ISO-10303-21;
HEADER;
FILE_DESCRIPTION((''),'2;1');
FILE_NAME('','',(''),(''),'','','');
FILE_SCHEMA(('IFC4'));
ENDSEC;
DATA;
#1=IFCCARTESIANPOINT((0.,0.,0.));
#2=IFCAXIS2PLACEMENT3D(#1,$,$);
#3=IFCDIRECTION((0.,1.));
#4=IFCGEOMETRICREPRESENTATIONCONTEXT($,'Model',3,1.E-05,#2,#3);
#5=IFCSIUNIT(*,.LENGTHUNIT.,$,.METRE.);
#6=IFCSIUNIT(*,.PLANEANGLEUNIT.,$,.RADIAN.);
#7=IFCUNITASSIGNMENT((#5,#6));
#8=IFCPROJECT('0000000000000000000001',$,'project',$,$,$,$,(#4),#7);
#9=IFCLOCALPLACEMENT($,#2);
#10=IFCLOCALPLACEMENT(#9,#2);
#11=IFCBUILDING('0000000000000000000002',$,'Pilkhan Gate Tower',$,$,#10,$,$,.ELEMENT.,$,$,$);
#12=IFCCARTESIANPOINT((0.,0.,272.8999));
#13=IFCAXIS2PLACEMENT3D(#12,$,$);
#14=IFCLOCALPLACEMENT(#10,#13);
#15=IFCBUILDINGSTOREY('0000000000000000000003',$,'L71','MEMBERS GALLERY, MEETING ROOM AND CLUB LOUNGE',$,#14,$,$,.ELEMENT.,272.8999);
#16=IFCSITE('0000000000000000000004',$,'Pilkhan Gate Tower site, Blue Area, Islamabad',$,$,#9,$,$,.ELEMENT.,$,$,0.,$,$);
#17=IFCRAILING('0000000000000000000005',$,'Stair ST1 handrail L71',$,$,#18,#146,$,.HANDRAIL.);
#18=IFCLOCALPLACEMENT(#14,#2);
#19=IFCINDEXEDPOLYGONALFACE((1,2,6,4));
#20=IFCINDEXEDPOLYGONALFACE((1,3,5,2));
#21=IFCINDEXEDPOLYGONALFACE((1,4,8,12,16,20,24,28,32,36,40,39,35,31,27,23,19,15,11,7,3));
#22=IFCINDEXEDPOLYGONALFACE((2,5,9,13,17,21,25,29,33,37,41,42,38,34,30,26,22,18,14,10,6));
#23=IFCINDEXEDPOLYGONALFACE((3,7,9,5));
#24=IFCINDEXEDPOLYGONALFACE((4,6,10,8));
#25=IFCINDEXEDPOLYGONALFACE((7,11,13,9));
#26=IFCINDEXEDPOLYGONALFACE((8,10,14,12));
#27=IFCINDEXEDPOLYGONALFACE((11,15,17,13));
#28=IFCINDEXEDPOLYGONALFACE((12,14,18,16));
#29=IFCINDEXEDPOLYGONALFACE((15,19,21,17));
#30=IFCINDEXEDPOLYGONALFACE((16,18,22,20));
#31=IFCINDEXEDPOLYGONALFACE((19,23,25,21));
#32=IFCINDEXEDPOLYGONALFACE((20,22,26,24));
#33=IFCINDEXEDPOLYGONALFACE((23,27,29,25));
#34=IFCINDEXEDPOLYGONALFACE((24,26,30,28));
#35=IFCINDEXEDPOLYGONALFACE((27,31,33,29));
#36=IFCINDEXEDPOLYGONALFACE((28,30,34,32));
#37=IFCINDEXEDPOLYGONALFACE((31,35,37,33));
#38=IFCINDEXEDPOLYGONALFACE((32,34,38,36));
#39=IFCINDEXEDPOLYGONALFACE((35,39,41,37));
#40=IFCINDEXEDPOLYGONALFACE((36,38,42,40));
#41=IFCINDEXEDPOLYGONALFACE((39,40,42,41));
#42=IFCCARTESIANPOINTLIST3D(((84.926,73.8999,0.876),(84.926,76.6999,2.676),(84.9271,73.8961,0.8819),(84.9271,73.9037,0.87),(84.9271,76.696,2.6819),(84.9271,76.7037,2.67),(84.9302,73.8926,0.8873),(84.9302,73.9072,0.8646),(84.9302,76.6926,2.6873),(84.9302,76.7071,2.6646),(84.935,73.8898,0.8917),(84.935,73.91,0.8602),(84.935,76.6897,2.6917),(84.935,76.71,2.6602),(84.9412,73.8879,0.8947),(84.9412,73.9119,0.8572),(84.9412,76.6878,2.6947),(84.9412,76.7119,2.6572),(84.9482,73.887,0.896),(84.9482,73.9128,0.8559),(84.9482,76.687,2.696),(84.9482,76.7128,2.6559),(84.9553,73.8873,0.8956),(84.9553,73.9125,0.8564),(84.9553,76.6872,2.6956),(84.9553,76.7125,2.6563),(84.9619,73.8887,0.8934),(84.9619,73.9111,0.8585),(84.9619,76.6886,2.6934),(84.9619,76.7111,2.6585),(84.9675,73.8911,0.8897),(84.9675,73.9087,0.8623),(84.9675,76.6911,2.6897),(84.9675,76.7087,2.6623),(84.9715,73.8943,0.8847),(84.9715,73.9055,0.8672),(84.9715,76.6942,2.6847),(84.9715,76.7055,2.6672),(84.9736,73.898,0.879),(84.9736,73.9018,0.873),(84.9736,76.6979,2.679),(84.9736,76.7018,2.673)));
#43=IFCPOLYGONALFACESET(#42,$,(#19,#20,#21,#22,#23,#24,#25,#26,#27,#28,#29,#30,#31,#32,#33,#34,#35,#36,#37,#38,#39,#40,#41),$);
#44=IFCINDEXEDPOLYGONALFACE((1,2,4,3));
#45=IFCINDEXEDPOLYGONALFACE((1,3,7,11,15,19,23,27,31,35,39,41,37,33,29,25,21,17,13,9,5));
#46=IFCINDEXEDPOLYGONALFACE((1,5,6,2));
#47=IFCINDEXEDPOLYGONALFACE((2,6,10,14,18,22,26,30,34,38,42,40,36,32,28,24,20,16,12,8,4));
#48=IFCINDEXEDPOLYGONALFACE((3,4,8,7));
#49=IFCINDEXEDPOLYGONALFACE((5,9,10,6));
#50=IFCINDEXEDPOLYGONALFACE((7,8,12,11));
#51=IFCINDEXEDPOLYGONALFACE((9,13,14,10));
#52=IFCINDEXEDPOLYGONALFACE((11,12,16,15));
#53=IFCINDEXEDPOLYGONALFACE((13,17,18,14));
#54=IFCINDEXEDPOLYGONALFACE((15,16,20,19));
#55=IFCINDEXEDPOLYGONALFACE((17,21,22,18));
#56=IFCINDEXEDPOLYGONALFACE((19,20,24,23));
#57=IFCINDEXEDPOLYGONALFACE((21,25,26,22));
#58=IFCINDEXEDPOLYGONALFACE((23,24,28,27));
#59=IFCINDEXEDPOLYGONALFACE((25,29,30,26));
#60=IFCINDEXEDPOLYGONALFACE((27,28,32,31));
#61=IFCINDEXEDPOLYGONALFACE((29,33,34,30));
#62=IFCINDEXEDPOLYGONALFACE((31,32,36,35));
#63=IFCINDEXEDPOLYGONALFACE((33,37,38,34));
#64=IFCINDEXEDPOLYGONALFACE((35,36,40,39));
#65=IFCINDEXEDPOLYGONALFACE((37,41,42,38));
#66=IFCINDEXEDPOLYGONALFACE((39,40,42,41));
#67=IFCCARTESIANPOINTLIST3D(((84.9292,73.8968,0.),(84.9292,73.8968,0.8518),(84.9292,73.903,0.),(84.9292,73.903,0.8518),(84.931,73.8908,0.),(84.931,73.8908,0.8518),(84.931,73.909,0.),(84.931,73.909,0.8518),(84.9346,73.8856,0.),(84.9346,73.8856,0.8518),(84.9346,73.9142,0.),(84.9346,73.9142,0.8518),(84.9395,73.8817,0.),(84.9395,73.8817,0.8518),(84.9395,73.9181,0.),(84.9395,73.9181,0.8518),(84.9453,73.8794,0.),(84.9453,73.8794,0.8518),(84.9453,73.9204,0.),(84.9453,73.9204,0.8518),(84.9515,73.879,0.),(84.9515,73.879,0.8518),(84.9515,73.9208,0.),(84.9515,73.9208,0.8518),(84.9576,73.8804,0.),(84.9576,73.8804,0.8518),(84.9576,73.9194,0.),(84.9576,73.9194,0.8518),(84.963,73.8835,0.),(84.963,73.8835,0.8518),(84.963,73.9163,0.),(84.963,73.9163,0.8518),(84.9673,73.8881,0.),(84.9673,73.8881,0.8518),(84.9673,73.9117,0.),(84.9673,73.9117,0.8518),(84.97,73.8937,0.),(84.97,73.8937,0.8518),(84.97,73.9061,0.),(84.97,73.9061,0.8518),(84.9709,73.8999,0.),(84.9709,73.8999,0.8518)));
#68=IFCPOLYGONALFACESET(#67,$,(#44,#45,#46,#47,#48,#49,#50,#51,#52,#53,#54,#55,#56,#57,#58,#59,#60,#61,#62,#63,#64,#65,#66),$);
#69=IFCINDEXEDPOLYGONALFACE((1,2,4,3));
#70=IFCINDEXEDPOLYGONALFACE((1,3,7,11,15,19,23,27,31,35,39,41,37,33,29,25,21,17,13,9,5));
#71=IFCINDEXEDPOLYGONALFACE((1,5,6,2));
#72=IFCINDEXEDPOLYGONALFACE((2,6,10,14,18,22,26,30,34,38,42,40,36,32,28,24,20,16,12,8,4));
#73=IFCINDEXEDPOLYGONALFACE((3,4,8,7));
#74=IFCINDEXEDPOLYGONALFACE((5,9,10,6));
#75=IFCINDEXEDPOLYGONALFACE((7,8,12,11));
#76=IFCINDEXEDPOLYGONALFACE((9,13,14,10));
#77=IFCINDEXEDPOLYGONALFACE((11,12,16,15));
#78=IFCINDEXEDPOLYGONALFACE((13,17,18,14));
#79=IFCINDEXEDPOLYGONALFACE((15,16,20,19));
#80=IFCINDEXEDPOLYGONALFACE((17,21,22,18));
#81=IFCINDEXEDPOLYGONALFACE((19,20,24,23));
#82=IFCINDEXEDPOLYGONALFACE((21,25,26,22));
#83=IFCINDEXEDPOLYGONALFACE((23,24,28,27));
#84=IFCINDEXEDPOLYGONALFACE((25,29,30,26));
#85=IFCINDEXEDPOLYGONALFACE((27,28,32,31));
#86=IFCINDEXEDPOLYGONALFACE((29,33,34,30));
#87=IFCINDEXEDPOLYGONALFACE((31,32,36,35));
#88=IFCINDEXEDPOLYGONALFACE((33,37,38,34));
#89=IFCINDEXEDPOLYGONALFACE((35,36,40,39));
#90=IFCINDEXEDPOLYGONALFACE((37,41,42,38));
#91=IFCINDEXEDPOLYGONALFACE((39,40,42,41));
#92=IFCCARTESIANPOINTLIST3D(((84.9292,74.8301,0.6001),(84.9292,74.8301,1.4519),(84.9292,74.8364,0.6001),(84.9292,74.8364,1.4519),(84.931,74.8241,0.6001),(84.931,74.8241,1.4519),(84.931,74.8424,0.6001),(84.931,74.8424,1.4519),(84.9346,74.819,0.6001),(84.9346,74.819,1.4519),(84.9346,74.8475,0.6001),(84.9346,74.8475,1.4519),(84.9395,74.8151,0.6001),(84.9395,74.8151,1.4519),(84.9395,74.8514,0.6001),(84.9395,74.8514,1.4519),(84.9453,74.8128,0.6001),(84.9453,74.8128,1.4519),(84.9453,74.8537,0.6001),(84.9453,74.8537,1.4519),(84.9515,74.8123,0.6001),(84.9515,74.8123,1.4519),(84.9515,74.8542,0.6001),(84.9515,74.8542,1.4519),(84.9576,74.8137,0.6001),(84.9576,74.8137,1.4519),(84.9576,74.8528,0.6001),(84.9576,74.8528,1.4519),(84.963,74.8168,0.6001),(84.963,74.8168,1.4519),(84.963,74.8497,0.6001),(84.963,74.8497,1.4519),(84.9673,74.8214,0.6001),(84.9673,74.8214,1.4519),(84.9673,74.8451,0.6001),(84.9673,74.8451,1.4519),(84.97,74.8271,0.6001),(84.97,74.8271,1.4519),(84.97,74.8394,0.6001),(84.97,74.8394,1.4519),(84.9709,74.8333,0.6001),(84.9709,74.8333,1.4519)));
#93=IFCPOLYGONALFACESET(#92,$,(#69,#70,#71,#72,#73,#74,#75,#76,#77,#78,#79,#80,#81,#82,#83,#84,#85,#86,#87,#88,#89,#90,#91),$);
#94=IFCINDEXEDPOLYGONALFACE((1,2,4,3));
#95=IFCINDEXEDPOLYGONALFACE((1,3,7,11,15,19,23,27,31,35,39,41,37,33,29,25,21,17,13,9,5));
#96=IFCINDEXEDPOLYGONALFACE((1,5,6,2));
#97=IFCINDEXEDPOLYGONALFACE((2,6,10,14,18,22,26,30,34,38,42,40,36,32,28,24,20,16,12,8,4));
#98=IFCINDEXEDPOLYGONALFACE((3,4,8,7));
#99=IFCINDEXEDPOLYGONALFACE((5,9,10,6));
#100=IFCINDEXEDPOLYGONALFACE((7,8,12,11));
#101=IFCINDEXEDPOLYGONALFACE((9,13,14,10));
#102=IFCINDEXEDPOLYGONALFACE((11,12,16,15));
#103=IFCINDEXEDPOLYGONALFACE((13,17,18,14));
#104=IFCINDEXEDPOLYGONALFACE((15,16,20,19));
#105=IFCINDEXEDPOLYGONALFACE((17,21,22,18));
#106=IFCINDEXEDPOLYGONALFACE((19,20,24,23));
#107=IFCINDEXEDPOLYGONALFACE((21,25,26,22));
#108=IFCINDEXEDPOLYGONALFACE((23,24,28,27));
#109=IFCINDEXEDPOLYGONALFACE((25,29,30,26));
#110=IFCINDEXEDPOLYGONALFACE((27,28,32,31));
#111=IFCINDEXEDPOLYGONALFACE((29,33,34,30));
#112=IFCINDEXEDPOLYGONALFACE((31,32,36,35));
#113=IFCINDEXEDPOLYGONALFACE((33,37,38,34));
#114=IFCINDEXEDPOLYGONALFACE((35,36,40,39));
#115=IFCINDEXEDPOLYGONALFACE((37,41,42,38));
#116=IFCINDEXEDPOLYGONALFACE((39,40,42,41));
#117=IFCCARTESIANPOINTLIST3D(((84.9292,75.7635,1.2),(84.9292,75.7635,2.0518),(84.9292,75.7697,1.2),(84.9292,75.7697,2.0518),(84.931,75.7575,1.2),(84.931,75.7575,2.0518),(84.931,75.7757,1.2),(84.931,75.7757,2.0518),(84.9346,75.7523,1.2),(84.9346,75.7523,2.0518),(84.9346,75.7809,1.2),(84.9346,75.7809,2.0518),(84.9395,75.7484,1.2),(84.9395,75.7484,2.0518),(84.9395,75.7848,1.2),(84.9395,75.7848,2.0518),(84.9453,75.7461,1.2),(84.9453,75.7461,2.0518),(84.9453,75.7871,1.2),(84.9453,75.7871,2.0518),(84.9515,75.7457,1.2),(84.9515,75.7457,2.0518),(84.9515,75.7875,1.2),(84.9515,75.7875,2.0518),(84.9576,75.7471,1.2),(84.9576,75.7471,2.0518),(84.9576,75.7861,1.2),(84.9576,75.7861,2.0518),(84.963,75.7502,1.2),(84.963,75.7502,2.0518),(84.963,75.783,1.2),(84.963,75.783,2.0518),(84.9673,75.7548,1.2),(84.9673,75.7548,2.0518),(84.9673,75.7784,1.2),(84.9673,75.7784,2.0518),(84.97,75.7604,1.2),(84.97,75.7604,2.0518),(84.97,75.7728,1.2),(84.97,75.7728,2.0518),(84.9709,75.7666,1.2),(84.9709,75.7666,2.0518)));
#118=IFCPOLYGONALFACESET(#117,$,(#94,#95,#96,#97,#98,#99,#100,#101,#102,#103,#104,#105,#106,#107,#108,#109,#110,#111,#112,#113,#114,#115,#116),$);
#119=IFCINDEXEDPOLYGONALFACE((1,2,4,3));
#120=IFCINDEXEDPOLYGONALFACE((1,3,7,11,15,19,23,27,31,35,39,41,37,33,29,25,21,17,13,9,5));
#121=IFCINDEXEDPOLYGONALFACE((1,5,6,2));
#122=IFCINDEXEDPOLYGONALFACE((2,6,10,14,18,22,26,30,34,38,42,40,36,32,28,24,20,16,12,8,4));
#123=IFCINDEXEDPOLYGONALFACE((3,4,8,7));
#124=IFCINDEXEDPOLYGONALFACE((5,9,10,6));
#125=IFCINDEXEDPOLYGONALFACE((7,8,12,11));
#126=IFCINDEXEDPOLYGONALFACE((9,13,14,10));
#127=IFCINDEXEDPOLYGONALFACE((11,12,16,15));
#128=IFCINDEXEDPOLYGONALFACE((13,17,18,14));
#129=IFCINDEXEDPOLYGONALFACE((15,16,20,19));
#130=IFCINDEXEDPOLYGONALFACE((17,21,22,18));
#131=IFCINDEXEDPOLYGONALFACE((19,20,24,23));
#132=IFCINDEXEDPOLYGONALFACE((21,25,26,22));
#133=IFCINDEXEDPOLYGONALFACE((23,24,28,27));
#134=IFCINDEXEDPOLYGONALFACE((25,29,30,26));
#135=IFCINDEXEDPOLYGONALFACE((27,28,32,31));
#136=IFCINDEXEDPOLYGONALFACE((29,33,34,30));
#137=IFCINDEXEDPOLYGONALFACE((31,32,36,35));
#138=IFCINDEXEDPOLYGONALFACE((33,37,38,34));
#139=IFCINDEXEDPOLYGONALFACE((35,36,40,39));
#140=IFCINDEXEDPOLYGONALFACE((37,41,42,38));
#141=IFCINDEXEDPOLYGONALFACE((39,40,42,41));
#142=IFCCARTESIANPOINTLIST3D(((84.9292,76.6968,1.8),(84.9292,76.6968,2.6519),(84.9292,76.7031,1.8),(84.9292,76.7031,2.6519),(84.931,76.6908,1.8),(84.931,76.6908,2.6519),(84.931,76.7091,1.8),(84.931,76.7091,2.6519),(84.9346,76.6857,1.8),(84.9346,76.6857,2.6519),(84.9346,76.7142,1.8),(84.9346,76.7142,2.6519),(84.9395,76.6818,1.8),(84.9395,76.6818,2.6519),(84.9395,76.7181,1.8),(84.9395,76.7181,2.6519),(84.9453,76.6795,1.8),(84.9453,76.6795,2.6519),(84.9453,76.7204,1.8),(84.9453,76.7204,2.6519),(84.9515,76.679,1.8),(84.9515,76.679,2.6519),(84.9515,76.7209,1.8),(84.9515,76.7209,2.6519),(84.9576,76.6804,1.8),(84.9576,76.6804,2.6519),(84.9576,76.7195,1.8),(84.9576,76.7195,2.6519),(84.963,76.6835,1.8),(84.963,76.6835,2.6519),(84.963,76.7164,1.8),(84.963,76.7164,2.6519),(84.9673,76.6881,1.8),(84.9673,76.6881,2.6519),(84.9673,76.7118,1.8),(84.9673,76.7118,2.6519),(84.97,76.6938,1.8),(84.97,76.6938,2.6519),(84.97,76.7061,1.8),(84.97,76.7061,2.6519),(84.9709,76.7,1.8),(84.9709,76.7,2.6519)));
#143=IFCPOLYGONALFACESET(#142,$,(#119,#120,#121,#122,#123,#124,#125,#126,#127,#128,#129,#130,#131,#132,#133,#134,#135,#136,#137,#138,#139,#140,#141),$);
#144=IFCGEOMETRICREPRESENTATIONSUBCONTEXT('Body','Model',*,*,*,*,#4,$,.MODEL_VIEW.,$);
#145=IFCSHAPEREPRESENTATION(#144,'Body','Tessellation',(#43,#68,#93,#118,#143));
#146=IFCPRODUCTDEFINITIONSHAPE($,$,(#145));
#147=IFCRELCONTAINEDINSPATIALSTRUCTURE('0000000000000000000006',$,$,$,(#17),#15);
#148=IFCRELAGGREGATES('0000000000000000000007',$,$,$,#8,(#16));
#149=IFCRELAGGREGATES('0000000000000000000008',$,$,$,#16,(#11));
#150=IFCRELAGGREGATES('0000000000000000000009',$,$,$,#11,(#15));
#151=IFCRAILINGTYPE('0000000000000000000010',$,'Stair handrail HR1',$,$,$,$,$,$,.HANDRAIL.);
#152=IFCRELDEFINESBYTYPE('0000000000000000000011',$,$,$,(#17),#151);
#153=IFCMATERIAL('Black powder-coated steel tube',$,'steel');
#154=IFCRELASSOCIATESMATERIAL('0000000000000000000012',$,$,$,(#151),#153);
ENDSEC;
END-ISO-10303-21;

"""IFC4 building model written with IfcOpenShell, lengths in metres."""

from ifc_helpers import new_model, si_unit, direction, frame, origin, origin_2d, place, context, subcontext, project, spatial, circle, extrude, material, type_object, element, save


model = new_model("IFC4")

# Units and contexts
model_context = context("Model", 3, precision=1e-05, world=origin(), true_north=direction((0.0, 1.0)))
body_context = subcontext(model_context, "Body", "Model", "MODEL_VIEW")
ifc_project = project(units=[si_unit("LENGTHUNIT", "METRE"), si_unit("PLANEANGLEUNIT", "RADIAN")], contexts=[model_context])

# Site, building, storey
site_placement = place(None, origin())
site = spatial("IfcSite", under=ifc_project, at=site_placement, Name="Pilkhan Gate Tower site, Blue Area, Islamabad", CompositionType="ELEMENT", RefElevation=0.0)
building_placement = place(site_placement, origin())
building = spatial("IfcBuilding", under=site, at=building_placement, Name="Pilkhan Gate Tower", CompositionType="ELEMENT")
storey_placement = place(building_placement, frame((0.0, 0.0, 272.8999)))
storey = spatial("IfcBuildingStorey", under=building, at=storey_placement, Name="L71", Description="MEMBERS GALLERY, MEETING ROOM AND CLUB LOUNGE", CompositionType="ELEMENT", Elevation=272.8999)

# Railing
ifc_material_1 = material(Name="Black powder-coated steel tube", Category="steel")
railing_type_1 = type_object("IfcRailingType", Name="Stair handrail HR1", PredefinedType="HANDRAIL", material=ifc_material_1)
railing_1_placement = place(storey_placement, frame((84.95, 73.8999, 0.0)))
element("IfcRailing", 1, at=railing_1_placement, inside=storey, type_object=railing_type_1, Name="Stair ST1 handrail L71", PredefinedType="HANDRAIL", context=body_context, shape_type="SweptSolid", body=[
    extrude(circle(Radius=0.0239, at=origin_2d()), frame((0.0, 0.0, 0.876), z_axis=(0.0, 0.841176, 0.540761), x_axis=(-1.0, 0.0, 0.0)), (0.0, 0.0, 1.0), 3.3286),
    extrude(circle(Radius=0.021, at=origin_2d()), origin(), (0.0, 0.0, 1.0), 0.8518),
    extrude(circle(Radius=0.021, at=origin_2d()), frame((0.0, 0.9333, 0.6001)), (0.0, 0.0, 1.0), 0.8518),
    extrude(circle(Radius=0.021, at=origin_2d()), frame((0.0, 1.8667, 1.2)), (0.0, 0.0, 1.0), 0.8518),
    extrude(circle(Radius=0.021, at=origin_2d()), frame((0.0, 2.8, 1.8)), (0.0, 0.0, 1.0), 0.8518),
])

save(model, "model.ifc")
